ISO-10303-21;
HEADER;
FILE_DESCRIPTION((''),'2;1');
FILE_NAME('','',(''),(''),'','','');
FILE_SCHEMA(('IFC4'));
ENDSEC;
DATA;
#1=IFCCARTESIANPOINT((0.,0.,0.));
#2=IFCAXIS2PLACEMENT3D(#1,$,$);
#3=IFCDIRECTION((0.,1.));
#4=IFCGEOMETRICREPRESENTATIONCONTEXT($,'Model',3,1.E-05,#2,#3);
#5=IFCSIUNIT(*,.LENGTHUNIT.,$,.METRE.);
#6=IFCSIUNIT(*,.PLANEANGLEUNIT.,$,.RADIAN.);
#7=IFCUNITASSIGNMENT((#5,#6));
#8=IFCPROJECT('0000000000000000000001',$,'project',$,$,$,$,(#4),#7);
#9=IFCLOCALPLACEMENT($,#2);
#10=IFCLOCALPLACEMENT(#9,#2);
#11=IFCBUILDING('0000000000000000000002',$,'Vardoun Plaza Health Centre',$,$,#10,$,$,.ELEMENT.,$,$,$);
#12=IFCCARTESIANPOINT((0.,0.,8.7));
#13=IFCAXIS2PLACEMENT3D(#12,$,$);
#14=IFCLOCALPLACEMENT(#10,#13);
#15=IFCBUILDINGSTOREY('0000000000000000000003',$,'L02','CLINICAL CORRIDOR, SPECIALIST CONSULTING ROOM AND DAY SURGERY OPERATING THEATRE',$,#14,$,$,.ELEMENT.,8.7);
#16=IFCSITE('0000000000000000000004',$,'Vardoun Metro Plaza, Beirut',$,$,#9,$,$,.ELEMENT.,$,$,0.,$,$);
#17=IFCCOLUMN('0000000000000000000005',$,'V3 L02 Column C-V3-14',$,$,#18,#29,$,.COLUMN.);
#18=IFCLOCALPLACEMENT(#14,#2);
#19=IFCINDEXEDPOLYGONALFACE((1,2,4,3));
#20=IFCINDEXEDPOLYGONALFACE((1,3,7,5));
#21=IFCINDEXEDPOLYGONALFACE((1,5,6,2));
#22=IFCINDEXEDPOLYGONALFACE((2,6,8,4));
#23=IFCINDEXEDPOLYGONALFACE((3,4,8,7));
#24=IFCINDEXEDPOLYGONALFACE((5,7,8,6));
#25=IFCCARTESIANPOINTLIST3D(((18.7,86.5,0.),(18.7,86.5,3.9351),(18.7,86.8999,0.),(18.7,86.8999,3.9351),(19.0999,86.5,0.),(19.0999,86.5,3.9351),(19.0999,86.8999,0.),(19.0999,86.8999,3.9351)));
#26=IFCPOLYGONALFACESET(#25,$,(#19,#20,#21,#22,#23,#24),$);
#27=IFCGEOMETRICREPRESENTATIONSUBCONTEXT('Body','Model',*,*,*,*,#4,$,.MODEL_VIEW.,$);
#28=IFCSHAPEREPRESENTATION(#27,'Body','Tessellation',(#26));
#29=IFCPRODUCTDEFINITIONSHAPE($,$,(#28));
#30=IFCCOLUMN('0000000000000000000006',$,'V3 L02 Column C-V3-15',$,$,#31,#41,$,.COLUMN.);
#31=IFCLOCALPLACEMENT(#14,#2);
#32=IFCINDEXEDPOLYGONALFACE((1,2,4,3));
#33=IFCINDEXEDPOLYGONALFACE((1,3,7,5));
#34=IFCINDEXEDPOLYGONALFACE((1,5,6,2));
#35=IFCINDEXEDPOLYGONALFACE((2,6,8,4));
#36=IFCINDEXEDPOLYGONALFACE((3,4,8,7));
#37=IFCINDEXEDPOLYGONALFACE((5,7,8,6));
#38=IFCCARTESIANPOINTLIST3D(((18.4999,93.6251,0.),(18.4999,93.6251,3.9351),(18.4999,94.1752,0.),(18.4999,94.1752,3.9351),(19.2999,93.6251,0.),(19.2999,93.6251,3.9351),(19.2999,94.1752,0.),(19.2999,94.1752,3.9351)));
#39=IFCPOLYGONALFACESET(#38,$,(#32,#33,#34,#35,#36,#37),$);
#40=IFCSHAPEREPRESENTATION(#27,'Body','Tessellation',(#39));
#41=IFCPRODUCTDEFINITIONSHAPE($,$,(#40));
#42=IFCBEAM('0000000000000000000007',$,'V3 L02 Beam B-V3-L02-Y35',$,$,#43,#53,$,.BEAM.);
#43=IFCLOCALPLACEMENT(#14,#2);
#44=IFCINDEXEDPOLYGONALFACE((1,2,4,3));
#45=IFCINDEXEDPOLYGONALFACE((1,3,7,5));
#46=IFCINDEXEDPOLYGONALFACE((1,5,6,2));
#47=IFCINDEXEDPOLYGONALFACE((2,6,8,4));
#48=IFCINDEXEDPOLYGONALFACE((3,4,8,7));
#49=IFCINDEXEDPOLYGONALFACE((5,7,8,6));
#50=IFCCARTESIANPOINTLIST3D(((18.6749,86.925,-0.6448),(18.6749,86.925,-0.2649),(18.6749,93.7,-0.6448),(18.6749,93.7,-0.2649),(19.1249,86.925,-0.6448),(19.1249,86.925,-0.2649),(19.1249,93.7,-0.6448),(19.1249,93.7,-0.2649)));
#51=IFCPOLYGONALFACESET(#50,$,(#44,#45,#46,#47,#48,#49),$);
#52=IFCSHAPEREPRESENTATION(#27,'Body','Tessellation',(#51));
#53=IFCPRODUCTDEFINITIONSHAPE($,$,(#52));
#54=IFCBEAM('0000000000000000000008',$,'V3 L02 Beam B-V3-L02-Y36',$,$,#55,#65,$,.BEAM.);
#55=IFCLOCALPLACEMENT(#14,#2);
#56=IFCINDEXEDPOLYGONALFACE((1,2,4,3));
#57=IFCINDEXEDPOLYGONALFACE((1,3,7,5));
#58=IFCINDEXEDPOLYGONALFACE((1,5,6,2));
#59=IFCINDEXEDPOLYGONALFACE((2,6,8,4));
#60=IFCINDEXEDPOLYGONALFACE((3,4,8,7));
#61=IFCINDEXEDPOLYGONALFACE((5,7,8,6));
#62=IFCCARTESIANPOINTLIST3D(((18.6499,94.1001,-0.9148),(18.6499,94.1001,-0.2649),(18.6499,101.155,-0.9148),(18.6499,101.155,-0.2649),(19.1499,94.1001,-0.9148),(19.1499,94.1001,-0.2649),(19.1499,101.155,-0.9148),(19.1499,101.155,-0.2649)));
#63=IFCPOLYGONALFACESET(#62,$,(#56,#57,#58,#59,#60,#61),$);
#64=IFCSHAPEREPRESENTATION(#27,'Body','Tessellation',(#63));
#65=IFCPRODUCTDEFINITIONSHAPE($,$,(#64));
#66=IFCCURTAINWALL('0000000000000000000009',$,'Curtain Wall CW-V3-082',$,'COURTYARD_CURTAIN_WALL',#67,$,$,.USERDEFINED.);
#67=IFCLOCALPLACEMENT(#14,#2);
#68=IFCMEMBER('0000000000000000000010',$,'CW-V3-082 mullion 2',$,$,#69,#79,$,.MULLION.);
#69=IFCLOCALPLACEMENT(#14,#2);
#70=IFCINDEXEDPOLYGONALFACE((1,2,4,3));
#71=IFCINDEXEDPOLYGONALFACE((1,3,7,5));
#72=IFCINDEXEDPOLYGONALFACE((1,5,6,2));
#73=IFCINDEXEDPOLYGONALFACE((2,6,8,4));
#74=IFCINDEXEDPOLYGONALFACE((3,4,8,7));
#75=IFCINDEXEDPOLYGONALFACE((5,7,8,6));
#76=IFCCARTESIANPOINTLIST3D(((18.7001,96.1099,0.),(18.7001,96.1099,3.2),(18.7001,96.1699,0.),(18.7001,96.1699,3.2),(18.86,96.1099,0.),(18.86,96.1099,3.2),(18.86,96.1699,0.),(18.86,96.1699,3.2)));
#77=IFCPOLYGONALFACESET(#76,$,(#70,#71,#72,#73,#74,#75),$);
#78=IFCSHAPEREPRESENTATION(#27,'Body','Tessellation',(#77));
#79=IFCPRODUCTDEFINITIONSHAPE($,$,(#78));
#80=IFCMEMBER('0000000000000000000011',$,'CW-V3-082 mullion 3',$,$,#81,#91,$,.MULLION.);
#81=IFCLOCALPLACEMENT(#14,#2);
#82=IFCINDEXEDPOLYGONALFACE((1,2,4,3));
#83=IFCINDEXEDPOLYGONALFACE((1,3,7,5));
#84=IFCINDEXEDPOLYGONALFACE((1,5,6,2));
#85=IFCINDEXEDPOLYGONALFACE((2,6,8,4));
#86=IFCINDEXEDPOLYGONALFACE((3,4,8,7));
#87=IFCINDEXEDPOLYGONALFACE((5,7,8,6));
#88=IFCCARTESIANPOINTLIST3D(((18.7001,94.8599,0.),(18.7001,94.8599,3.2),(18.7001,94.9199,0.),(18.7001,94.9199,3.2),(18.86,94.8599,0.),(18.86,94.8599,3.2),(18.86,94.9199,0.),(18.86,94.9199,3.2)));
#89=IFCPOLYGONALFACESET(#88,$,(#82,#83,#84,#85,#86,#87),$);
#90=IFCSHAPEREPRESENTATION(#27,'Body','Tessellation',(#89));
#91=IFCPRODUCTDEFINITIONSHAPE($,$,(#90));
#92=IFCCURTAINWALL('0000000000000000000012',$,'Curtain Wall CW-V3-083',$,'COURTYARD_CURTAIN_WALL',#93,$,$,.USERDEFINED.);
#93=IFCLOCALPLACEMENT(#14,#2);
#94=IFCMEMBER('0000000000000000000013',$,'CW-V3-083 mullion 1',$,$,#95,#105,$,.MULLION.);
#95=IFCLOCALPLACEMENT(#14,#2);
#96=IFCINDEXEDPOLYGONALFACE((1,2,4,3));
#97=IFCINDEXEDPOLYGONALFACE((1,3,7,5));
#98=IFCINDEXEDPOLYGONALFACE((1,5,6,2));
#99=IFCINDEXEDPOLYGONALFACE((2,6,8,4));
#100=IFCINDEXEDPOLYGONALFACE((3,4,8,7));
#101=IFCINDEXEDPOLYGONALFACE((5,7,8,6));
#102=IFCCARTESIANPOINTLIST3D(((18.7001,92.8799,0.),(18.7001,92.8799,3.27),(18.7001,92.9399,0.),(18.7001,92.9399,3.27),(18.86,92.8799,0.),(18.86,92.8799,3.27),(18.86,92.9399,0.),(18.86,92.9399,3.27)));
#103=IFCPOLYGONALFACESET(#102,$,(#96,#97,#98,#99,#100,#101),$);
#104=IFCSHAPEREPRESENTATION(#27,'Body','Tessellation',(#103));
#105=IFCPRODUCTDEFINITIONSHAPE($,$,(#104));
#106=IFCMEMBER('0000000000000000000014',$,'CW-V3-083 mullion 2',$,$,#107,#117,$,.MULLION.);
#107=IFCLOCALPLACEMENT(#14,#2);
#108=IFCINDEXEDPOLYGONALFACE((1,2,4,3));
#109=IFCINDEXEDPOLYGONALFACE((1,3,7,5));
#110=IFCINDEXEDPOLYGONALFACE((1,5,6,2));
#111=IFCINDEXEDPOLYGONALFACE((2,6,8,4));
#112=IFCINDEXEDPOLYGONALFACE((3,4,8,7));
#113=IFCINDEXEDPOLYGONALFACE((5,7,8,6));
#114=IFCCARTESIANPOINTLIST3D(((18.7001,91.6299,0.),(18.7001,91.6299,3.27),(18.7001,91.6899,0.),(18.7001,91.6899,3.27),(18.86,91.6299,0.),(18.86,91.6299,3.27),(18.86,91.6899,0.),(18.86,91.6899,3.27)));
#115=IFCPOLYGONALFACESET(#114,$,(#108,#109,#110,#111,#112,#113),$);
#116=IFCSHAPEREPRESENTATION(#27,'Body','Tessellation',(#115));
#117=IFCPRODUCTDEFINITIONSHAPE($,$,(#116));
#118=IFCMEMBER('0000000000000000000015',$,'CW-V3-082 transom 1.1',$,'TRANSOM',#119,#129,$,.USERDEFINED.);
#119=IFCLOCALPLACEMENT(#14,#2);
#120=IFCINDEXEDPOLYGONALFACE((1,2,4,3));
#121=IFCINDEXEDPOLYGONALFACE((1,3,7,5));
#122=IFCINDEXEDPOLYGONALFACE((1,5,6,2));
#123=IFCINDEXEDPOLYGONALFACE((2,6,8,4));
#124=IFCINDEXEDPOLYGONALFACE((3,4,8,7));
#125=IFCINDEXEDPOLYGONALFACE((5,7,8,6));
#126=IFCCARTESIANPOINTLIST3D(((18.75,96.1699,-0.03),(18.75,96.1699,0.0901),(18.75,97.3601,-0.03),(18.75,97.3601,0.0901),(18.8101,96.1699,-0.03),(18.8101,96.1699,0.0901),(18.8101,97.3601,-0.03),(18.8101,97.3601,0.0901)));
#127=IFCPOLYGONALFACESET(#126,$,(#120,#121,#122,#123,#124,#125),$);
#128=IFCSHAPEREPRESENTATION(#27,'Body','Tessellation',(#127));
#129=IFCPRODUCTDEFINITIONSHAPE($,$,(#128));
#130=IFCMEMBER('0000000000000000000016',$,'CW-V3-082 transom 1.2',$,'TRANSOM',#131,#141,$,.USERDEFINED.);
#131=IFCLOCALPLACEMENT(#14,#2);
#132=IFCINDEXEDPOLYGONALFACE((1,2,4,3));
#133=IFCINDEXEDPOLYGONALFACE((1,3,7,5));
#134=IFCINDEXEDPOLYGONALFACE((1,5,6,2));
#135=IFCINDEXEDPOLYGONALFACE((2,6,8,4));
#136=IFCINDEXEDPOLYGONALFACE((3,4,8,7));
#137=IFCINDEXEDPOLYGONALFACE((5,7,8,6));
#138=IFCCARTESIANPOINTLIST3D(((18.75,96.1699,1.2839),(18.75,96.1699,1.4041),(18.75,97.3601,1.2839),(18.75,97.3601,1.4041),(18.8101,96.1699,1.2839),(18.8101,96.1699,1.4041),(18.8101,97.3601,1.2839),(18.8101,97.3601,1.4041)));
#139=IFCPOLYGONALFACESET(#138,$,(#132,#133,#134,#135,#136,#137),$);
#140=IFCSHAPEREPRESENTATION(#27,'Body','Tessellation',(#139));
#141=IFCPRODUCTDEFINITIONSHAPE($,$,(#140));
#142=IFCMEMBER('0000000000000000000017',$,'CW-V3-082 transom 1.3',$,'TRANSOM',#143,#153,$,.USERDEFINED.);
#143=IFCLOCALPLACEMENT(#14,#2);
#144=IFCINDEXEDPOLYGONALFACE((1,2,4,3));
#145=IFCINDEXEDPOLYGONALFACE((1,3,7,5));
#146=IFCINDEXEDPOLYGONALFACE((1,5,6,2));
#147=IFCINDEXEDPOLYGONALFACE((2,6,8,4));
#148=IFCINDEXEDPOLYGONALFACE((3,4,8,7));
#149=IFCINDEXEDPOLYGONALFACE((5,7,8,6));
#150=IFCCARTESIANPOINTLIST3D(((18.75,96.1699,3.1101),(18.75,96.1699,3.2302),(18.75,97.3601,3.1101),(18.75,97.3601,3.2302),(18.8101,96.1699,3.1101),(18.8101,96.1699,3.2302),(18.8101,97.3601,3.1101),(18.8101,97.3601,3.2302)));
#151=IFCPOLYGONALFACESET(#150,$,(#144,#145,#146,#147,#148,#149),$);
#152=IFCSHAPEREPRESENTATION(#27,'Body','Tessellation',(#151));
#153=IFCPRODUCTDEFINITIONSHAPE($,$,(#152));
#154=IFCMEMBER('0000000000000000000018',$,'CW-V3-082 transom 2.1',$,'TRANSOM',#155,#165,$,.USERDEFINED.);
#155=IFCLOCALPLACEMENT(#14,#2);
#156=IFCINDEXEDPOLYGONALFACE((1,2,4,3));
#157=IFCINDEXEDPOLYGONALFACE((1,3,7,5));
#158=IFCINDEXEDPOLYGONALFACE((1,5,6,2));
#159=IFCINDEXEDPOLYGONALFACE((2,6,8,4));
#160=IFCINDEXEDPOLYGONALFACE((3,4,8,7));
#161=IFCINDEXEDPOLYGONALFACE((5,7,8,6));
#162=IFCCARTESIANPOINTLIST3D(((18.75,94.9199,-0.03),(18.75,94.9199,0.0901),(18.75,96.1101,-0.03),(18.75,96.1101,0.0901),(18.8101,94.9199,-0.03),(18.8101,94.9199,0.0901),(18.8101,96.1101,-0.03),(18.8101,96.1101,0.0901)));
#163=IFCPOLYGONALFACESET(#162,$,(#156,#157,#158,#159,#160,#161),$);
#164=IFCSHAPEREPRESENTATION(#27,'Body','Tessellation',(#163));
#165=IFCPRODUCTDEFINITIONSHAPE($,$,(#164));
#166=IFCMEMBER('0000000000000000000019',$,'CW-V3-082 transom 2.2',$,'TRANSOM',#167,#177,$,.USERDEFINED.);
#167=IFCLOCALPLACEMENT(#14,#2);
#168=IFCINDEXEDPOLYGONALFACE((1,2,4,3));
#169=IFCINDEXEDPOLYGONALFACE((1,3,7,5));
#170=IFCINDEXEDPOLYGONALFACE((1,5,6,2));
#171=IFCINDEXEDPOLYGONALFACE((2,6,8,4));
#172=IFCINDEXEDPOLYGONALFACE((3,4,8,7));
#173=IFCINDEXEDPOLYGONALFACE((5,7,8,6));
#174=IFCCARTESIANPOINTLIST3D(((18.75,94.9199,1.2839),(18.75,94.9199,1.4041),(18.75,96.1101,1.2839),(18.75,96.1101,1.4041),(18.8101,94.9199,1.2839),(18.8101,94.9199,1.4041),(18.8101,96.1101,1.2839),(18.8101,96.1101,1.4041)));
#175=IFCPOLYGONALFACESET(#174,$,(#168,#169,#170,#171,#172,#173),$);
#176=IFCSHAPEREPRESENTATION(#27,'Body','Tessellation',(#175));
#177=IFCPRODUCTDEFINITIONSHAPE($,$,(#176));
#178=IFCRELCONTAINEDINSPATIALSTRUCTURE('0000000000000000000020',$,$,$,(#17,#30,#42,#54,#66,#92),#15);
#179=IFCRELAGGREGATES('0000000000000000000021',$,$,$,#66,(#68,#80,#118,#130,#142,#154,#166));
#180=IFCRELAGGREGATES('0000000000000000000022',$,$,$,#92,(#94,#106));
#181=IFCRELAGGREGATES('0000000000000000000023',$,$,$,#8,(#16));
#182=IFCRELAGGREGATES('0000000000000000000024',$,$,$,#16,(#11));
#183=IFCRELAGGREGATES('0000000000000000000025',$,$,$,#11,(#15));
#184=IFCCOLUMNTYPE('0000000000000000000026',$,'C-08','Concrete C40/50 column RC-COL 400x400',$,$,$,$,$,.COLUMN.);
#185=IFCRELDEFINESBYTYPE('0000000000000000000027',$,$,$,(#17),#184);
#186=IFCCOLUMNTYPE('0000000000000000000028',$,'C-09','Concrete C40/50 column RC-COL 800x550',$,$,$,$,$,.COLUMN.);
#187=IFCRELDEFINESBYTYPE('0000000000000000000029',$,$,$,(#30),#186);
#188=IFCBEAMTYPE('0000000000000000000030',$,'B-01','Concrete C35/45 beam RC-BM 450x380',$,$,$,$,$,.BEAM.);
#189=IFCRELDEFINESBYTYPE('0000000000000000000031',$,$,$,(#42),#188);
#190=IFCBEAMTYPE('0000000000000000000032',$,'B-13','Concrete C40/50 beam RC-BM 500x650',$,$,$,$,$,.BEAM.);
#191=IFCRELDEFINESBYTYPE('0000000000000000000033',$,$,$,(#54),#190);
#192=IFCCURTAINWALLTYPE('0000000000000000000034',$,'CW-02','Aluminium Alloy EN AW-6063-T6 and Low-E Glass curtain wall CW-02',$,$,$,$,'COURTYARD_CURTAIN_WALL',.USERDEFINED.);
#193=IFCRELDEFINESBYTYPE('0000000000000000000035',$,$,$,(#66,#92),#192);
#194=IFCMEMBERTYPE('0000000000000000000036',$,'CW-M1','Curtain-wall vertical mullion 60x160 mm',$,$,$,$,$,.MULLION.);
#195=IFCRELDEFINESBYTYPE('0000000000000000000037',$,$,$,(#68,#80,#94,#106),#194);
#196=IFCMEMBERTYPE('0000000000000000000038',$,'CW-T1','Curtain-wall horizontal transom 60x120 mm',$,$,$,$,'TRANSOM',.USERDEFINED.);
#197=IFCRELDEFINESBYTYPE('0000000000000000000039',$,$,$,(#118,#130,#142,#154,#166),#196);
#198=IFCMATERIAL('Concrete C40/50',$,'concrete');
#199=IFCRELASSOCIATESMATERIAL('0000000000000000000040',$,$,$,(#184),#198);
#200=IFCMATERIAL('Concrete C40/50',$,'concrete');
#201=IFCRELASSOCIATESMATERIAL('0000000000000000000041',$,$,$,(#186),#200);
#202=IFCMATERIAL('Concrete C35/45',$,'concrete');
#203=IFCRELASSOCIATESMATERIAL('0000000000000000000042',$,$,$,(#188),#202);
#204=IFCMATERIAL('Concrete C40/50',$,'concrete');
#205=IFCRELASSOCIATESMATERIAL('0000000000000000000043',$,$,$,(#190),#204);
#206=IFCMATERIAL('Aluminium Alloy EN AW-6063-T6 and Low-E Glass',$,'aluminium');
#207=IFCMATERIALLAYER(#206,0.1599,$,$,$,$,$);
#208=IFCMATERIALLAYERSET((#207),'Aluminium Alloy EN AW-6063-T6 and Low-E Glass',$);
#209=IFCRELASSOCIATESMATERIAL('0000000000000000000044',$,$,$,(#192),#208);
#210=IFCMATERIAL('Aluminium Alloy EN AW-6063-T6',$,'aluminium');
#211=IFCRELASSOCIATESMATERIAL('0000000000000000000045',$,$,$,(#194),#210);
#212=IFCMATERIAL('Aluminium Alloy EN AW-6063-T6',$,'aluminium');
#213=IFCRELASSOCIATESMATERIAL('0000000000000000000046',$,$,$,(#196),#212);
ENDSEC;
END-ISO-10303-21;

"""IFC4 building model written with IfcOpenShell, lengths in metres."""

from ifc_helpers import new_model, si_unit, direction, frame, origin, origin_2d, place, context, subcontext, project, spatial, rectangle, extrude, material, layer, layer_set, material_profile, profile_set, type_object, element, aggregate, save


model = new_model("IFC4")

# Units and contexts
model_context = context("Model", 3, precision=1e-05, world=origin(), true_north=direction((0.0, 1.0)))
body_context = subcontext(model_context, "Body", "Model", "MODEL_VIEW")
ifc_project = project(units=[si_unit("LENGTHUNIT", "METRE"), si_unit("PLANEANGLEUNIT", "RADIAN")], contexts=[model_context])

# Site, building, storey
site_placement = place(None, origin())
site = spatial("IfcSite", under=ifc_project, at=site_placement, Name="Vardoun Metro Plaza, Beirut", CompositionType="ELEMENT", RefElevation=0.0)
building_placement = place(site_placement, origin())
building = spatial("IfcBuilding", under=site, at=building_placement, Name="Vardoun Plaza Health Centre", CompositionType="ELEMENT")
storey_placement = place(building_placement, frame((0.0, 0.0, 8.7)))
storey = spatial("IfcBuildingStorey", under=building, at=storey_placement, Name="L02", Description="CLINICAL CORRIDOR, SPECIALIST CONSULTING ROOM AND DAY SURGERY OPERATING THEATRE", CompositionType="ELEMENT", Elevation=8.7)

# Columns
ifc_material_1 = material(Name="Concrete C40/50", Category="concrete")
ifc_material_profile_1 = material_profile(ifc_material_1, rectangle(XDim=0.3999, YDim=0.3999, at=origin_2d()), Name="RC-COL 400x400")
ifc_profile_set_1 = profile_set([ifc_material_profile_1], Name="Concrete C40/50")
column_type_1 = type_object("IfcColumnType", Name="C-08", Description="Concrete C40/50 column RC-COL 400x400", PredefinedType="COLUMN", material=ifc_profile_set_1)
column_1_placement = place(storey_placement, frame((18.8999, 86.7, 0.0), z_axis=(0.0, 0.0, 1.0), x_axis=(1.0, 0.0, 0.0)))
element("IfcColumn", 1, at=column_1_placement, inside=storey, type_object=column_type_1, Name="V3 L02 Column C-V3-14", PredefinedType="COLUMN", context=body_context, shape_type="SweptSolid", body=[
    extrude(rectangle(XDim=0.3999, YDim=0.3999, at=origin_2d()), origin(), (0.0, 0.0, 1.0), 3.9351),
])
ifc_material_2 = material(Name="Concrete C40/50", Category="concrete")
ifc_material_profile_2 = material_profile(ifc_material_2, rectangle(XDim=0.8, YDim=0.55, at=origin_2d()), Name="RC-COL 800x550")
ifc_profile_set_2 = profile_set([ifc_material_profile_2], Name="Concrete C40/50")
column_type_2 = type_object("IfcColumnType", Name="C-09", Description="Concrete C40/50 column RC-COL 800x550", PredefinedType="COLUMN", material=ifc_profile_set_2)
column_2_placement = place(storey_placement, frame((18.8999, 93.9001, 0.0), z_axis=(0.0, 0.0, 1.0), x_axis=(1.0, 0.0, 0.0)))
element("IfcColumn", 2, at=column_2_placement, inside=storey, type_object=column_type_2, Name="V3 L02 Column C-V3-15", PredefinedType="COLUMN", context=body_context, shape_type="SweptSolid", body=[
    extrude(rectangle(XDim=0.8, YDim=0.55, at=origin_2d()), origin(), (0.0, 0.0, 1.0), 3.9351),
])

# Beams
ifc_material_3 = material(Name="Concrete C35/45", Category="concrete")
ifc_material_profile_3 = material_profile(ifc_material_3, rectangle(XDim=0.45, YDim=0.3799, at=origin_2d()), Name="RC-BM 450x380")
ifc_profile_set_3 = profile_set([ifc_material_profile_3], Name="Concrete C35/45")
beam_type_1 = type_object("IfcBeamType", Name="B-01", Description="Concrete C35/45 beam RC-BM 450x380", PredefinedType="BEAM", material=ifc_profile_set_3)
beam_1_placement = place(storey_placement, frame((18.8999, 86.925, -0.4548), z_axis=(0.0, 1.0, 0.0), x_axis=(-1.0, 0.0, 0.0)))
element("IfcBeam", 3, at=beam_1_placement, inside=storey, type_object=beam_type_1, Name="V3 L02 Beam B-V3-L02-Y35", PredefinedType="BEAM", context=body_context, shape_type="SweptSolid", body=[
    extrude(rectangle(XDim=0.45, YDim=0.3799, at=origin_2d()), origin(), (0.0, 0.0, 1.0), 6.7749),
])
ifc_material_4 = material(Name="Concrete C40/50", Category="concrete")
ifc_material_profile_4 = material_profile(ifc_material_4, rectangle(XDim=0.5, YDim=0.6499, at=origin_2d()), Name="RC-BM 500x650")
ifc_profile_set_4 = profile_set([ifc_material_profile_4], Name="Concrete C40/50")
beam_type_2 = type_object("IfcBeamType", Name="B-13", Description="Concrete C40/50 beam RC-BM 500x650", PredefinedType="BEAM", material=ifc_profile_set_4)
beam_2_placement = place(storey_placement, frame((18.8999, 94.1001, -0.5898), z_axis=(0.0, 1.0, 0.0), x_axis=(-1.0, 0.0, 0.0)))
element("IfcBeam", 4, at=beam_2_placement, inside=storey, type_object=beam_type_2, Name="V3 L02 Beam B-V3-L02-Y36", PredefinedType="BEAM", context=body_context, shape_type="SweptSolid", body=[
    extrude(rectangle(XDim=0.5, YDim=0.6499, at=origin_2d()), origin(), (0.0, 0.0, 1.0), 7.0549),
])

# Curtain walls, members
ifc_material_5 = material(Name="Aluminium Alloy EN AW-6063-T6 and Low-E Glass", Category="aluminium")
ifc_layer_1 = layer(ifc_material_5, 0.1599)
ifc_layer_set_1 = layer_set([ifc_layer_1], Name="Aluminium Alloy EN AW-6063-T6 and Low-E Glass")
curtain_wall_type = type_object("IfcCurtainWallType", Name="CW-02", Description="Aluminium Alloy EN AW-6063-T6 and Low-E Glass curtain wall CW-02", ElementType="COURTYARD_CURTAIN_WALL", PredefinedType="USERDEFINED", material=ifc_layer_set_1)
curtain_wall_1_placement = place(storey_placement, origin())
curtain_wall_1 = element("IfcCurtainWall", 5, at=curtain_wall_1_placement, inside=storey, type_object=curtain_wall_type, Name="Curtain Wall CW-V3-082", ObjectType="COURTYARD_CURTAIN_WALL", PredefinedType="USERDEFINED")
ifc_material_6 = material(Name="Aluminium Alloy EN AW-6063-T6", Category="aluminium")
ifc_material_profile_5 = material_profile(ifc_material_6, rectangle(XDim=0.1599, YDim=0.0601, at=origin_2d()), Name="CWM 60x160")
ifc_profile_set_5 = profile_set([ifc_material_profile_5], Name="Aluminium Alloy EN AW-6063-T6")
member_type_1 = type_object("IfcMemberType", Name="CW-M1", Description="Curtain-wall vertical mullion 60x160 mm", PredefinedType="MULLION", material=ifc_profile_set_5)
member_1_placement = place(storey_placement, frame((18.78, 96.1399, 0.0), z_axis=(0.0, 0.0, 1.0), x_axis=(1.0, 0.0, 0.0)))
member_1 = element("IfcMember", 6, at=member_1_placement, type_object=member_type_1, Name="CW-V3-082 mullion 2", PredefinedType="MULLION", context=body_context, shape_type="SweptSolid", body=[
    extrude(rectangle(XDim=0.1599, YDim=0.0601, at=origin_2d()), origin(), (0.0, 0.0, 1.0), 3.2),
])
member_2_placement = place(storey_placement, frame((18.78, 94.8899, 0.0), z_axis=(0.0, 0.0, 1.0), x_axis=(1.0, 0.0, 0.0)))
member_2 = element("IfcMember", 7, at=member_2_placement, type_object=member_type_1, Name="CW-V3-082 mullion 3", PredefinedType="MULLION", context=body_context, shape_type="SweptSolid", body=[
    extrude(rectangle(XDim=0.1599, YDim=0.0601, at=origin_2d()), origin(), (0.0, 0.0, 1.0), 3.2),
])
curtain_wall_2_placement = place(storey_placement, origin())
curtain_wall_2 = element("IfcCurtainWall", 8, at=curtain_wall_2_placement, inside=storey, type_object=curtain_wall_type, Name="Curtain Wall CW-V3-083", ObjectType="COURTYARD_CURTAIN_WALL", PredefinedType="USERDEFINED")
member_3_placement = place(storey_placement, frame((18.78, 92.9099, 0.0), z_axis=(0.0, 0.0, 1.0), x_axis=(1.0, 0.0, 0.0)))
member_3 = element("IfcMember", 9, at=member_3_placement, type_object=member_type_1, Name="CW-V3-083 mullion 1", PredefinedType="MULLION", context=body_context, shape_type="SweptSolid", body=[
    extrude(rectangle(XDim=0.1599, YDim=0.0601, at=origin_2d()), origin(), (0.0, 0.0, 1.0), 3.27),
])
member_4_placement = place(storey_placement, frame((18.78, 91.6599, 0.0), z_axis=(0.0, 0.0, 1.0), x_axis=(1.0, 0.0, 0.0)))
member_4 = element("IfcMember", 10, at=member_4_placement, type_object=member_type_1, Name="CW-V3-083 mullion 2", PredefinedType="MULLION", context=body_context, shape_type="SweptSolid", body=[
    extrude(rectangle(XDim=0.1599, YDim=0.0601, at=origin_2d()), origin(), (0.0, 0.0, 1.0), 3.27),
])

# Members
ifc_material_7 = material(Name="Aluminium Alloy EN AW-6063-T6", Category="aluminium")
ifc_material_profile_6 = material_profile(ifc_material_7, rectangle(XDim=0.0601, YDim=0.1201, at=origin_2d()), Name="CWT 60x120")
ifc_profile_set_6 = profile_set([ifc_material_profile_6], Name="Aluminium Alloy EN AW-6063-T6")
member_type_2 = type_object("IfcMemberType", Name="CW-T1", Description="Curtain-wall horizontal transom 60x120 mm", ElementType="TRANSOM", PredefinedType="USERDEFINED", material=ifc_profile_set_6)
member_5_placement = place(storey_placement, frame((18.78, 97.3601, 0.03), z_axis=(0.0, -1.0, 0.0), x_axis=(1.0, 0.0, 0.0)))
member_5 = element("IfcMember", 11, at=member_5_placement, type_object=member_type_2, Name="CW-V3-082 transom 1.1", ObjectType="TRANSOM", PredefinedType="USERDEFINED", context=body_context, shape_type="SweptSolid", body=[
    extrude(rectangle(XDim=0.0601, YDim=0.1201, at=origin_2d()), origin(), (0.0, 0.0, 1.0), 1.1902),
])
member_6_placement = place(storey_placement, frame((18.78, 97.3601, 1.344), z_axis=(0.0, -1.0, 0.0), x_axis=(1.0, 0.0, 0.0)))
member_6 = element("IfcMember", 12, at=member_6_placement, type_object=member_type_2, Name="CW-V3-082 transom 1.2", ObjectType="TRANSOM", PredefinedType="USERDEFINED", context=body_context, shape_type="SweptSolid", body=[
    extrude(rectangle(XDim=0.0601, YDim=0.1201, at=origin_2d()), origin(), (0.0, 0.0, 1.0), 1.1902),
])
member_7_placement = place(storey_placement, frame((18.78, 97.3601, 3.1702), z_axis=(0.0, -1.0, 0.0), x_axis=(1.0, 0.0, 0.0)))
member_7 = element("IfcMember", 13, at=member_7_placement, type_object=member_type_2, Name="CW-V3-082 transom 1.3", ObjectType="TRANSOM", PredefinedType="USERDEFINED", context=body_context, shape_type="SweptSolid", body=[
    extrude(rectangle(XDim=0.0601, YDim=0.1201, at=origin_2d()), origin(), (0.0, 0.0, 1.0), 1.1902),
])
member_8_placement = place(storey_placement, frame((18.78, 96.1101, 0.03), z_axis=(0.0, -1.0, 0.0), x_axis=(1.0, 0.0, 0.0)))
member_8 = element("IfcMember", 14, at=member_8_placement, type_object=member_type_2, Name="CW-V3-082 transom 2.1", ObjectType="TRANSOM", PredefinedType="USERDEFINED", context=body_context, shape_type="SweptSolid", body=[
    extrude(rectangle(XDim=0.0601, YDim=0.1201, at=origin_2d()), origin(), (0.0, 0.0, 1.0), 1.1902),
])
member_9_placement = place(storey_placement, frame((18.78, 96.1101, 1.344), z_axis=(0.0, -1.0, 0.0), x_axis=(1.0, 0.0, 0.0)))
member_9 = element("IfcMember", 15, at=member_9_placement, type_object=member_type_2, Name="CW-V3-082 transom 2.2", ObjectType="TRANSOM", PredefinedType="USERDEFINED", context=body_context, shape_type="SweptSolid", body=[
    extrude(rectangle(XDim=0.0601, YDim=0.1201, at=origin_2d()), origin(), (0.0, 0.0, 1.0), 1.1902),
])

aggregate(curtain_wall_1, [member_1, member_2, member_5, member_6, member_7, member_8, member_9])
aggregate(curtain_wall_2, [member_3, member_4])

save(model, "model.ifc")
